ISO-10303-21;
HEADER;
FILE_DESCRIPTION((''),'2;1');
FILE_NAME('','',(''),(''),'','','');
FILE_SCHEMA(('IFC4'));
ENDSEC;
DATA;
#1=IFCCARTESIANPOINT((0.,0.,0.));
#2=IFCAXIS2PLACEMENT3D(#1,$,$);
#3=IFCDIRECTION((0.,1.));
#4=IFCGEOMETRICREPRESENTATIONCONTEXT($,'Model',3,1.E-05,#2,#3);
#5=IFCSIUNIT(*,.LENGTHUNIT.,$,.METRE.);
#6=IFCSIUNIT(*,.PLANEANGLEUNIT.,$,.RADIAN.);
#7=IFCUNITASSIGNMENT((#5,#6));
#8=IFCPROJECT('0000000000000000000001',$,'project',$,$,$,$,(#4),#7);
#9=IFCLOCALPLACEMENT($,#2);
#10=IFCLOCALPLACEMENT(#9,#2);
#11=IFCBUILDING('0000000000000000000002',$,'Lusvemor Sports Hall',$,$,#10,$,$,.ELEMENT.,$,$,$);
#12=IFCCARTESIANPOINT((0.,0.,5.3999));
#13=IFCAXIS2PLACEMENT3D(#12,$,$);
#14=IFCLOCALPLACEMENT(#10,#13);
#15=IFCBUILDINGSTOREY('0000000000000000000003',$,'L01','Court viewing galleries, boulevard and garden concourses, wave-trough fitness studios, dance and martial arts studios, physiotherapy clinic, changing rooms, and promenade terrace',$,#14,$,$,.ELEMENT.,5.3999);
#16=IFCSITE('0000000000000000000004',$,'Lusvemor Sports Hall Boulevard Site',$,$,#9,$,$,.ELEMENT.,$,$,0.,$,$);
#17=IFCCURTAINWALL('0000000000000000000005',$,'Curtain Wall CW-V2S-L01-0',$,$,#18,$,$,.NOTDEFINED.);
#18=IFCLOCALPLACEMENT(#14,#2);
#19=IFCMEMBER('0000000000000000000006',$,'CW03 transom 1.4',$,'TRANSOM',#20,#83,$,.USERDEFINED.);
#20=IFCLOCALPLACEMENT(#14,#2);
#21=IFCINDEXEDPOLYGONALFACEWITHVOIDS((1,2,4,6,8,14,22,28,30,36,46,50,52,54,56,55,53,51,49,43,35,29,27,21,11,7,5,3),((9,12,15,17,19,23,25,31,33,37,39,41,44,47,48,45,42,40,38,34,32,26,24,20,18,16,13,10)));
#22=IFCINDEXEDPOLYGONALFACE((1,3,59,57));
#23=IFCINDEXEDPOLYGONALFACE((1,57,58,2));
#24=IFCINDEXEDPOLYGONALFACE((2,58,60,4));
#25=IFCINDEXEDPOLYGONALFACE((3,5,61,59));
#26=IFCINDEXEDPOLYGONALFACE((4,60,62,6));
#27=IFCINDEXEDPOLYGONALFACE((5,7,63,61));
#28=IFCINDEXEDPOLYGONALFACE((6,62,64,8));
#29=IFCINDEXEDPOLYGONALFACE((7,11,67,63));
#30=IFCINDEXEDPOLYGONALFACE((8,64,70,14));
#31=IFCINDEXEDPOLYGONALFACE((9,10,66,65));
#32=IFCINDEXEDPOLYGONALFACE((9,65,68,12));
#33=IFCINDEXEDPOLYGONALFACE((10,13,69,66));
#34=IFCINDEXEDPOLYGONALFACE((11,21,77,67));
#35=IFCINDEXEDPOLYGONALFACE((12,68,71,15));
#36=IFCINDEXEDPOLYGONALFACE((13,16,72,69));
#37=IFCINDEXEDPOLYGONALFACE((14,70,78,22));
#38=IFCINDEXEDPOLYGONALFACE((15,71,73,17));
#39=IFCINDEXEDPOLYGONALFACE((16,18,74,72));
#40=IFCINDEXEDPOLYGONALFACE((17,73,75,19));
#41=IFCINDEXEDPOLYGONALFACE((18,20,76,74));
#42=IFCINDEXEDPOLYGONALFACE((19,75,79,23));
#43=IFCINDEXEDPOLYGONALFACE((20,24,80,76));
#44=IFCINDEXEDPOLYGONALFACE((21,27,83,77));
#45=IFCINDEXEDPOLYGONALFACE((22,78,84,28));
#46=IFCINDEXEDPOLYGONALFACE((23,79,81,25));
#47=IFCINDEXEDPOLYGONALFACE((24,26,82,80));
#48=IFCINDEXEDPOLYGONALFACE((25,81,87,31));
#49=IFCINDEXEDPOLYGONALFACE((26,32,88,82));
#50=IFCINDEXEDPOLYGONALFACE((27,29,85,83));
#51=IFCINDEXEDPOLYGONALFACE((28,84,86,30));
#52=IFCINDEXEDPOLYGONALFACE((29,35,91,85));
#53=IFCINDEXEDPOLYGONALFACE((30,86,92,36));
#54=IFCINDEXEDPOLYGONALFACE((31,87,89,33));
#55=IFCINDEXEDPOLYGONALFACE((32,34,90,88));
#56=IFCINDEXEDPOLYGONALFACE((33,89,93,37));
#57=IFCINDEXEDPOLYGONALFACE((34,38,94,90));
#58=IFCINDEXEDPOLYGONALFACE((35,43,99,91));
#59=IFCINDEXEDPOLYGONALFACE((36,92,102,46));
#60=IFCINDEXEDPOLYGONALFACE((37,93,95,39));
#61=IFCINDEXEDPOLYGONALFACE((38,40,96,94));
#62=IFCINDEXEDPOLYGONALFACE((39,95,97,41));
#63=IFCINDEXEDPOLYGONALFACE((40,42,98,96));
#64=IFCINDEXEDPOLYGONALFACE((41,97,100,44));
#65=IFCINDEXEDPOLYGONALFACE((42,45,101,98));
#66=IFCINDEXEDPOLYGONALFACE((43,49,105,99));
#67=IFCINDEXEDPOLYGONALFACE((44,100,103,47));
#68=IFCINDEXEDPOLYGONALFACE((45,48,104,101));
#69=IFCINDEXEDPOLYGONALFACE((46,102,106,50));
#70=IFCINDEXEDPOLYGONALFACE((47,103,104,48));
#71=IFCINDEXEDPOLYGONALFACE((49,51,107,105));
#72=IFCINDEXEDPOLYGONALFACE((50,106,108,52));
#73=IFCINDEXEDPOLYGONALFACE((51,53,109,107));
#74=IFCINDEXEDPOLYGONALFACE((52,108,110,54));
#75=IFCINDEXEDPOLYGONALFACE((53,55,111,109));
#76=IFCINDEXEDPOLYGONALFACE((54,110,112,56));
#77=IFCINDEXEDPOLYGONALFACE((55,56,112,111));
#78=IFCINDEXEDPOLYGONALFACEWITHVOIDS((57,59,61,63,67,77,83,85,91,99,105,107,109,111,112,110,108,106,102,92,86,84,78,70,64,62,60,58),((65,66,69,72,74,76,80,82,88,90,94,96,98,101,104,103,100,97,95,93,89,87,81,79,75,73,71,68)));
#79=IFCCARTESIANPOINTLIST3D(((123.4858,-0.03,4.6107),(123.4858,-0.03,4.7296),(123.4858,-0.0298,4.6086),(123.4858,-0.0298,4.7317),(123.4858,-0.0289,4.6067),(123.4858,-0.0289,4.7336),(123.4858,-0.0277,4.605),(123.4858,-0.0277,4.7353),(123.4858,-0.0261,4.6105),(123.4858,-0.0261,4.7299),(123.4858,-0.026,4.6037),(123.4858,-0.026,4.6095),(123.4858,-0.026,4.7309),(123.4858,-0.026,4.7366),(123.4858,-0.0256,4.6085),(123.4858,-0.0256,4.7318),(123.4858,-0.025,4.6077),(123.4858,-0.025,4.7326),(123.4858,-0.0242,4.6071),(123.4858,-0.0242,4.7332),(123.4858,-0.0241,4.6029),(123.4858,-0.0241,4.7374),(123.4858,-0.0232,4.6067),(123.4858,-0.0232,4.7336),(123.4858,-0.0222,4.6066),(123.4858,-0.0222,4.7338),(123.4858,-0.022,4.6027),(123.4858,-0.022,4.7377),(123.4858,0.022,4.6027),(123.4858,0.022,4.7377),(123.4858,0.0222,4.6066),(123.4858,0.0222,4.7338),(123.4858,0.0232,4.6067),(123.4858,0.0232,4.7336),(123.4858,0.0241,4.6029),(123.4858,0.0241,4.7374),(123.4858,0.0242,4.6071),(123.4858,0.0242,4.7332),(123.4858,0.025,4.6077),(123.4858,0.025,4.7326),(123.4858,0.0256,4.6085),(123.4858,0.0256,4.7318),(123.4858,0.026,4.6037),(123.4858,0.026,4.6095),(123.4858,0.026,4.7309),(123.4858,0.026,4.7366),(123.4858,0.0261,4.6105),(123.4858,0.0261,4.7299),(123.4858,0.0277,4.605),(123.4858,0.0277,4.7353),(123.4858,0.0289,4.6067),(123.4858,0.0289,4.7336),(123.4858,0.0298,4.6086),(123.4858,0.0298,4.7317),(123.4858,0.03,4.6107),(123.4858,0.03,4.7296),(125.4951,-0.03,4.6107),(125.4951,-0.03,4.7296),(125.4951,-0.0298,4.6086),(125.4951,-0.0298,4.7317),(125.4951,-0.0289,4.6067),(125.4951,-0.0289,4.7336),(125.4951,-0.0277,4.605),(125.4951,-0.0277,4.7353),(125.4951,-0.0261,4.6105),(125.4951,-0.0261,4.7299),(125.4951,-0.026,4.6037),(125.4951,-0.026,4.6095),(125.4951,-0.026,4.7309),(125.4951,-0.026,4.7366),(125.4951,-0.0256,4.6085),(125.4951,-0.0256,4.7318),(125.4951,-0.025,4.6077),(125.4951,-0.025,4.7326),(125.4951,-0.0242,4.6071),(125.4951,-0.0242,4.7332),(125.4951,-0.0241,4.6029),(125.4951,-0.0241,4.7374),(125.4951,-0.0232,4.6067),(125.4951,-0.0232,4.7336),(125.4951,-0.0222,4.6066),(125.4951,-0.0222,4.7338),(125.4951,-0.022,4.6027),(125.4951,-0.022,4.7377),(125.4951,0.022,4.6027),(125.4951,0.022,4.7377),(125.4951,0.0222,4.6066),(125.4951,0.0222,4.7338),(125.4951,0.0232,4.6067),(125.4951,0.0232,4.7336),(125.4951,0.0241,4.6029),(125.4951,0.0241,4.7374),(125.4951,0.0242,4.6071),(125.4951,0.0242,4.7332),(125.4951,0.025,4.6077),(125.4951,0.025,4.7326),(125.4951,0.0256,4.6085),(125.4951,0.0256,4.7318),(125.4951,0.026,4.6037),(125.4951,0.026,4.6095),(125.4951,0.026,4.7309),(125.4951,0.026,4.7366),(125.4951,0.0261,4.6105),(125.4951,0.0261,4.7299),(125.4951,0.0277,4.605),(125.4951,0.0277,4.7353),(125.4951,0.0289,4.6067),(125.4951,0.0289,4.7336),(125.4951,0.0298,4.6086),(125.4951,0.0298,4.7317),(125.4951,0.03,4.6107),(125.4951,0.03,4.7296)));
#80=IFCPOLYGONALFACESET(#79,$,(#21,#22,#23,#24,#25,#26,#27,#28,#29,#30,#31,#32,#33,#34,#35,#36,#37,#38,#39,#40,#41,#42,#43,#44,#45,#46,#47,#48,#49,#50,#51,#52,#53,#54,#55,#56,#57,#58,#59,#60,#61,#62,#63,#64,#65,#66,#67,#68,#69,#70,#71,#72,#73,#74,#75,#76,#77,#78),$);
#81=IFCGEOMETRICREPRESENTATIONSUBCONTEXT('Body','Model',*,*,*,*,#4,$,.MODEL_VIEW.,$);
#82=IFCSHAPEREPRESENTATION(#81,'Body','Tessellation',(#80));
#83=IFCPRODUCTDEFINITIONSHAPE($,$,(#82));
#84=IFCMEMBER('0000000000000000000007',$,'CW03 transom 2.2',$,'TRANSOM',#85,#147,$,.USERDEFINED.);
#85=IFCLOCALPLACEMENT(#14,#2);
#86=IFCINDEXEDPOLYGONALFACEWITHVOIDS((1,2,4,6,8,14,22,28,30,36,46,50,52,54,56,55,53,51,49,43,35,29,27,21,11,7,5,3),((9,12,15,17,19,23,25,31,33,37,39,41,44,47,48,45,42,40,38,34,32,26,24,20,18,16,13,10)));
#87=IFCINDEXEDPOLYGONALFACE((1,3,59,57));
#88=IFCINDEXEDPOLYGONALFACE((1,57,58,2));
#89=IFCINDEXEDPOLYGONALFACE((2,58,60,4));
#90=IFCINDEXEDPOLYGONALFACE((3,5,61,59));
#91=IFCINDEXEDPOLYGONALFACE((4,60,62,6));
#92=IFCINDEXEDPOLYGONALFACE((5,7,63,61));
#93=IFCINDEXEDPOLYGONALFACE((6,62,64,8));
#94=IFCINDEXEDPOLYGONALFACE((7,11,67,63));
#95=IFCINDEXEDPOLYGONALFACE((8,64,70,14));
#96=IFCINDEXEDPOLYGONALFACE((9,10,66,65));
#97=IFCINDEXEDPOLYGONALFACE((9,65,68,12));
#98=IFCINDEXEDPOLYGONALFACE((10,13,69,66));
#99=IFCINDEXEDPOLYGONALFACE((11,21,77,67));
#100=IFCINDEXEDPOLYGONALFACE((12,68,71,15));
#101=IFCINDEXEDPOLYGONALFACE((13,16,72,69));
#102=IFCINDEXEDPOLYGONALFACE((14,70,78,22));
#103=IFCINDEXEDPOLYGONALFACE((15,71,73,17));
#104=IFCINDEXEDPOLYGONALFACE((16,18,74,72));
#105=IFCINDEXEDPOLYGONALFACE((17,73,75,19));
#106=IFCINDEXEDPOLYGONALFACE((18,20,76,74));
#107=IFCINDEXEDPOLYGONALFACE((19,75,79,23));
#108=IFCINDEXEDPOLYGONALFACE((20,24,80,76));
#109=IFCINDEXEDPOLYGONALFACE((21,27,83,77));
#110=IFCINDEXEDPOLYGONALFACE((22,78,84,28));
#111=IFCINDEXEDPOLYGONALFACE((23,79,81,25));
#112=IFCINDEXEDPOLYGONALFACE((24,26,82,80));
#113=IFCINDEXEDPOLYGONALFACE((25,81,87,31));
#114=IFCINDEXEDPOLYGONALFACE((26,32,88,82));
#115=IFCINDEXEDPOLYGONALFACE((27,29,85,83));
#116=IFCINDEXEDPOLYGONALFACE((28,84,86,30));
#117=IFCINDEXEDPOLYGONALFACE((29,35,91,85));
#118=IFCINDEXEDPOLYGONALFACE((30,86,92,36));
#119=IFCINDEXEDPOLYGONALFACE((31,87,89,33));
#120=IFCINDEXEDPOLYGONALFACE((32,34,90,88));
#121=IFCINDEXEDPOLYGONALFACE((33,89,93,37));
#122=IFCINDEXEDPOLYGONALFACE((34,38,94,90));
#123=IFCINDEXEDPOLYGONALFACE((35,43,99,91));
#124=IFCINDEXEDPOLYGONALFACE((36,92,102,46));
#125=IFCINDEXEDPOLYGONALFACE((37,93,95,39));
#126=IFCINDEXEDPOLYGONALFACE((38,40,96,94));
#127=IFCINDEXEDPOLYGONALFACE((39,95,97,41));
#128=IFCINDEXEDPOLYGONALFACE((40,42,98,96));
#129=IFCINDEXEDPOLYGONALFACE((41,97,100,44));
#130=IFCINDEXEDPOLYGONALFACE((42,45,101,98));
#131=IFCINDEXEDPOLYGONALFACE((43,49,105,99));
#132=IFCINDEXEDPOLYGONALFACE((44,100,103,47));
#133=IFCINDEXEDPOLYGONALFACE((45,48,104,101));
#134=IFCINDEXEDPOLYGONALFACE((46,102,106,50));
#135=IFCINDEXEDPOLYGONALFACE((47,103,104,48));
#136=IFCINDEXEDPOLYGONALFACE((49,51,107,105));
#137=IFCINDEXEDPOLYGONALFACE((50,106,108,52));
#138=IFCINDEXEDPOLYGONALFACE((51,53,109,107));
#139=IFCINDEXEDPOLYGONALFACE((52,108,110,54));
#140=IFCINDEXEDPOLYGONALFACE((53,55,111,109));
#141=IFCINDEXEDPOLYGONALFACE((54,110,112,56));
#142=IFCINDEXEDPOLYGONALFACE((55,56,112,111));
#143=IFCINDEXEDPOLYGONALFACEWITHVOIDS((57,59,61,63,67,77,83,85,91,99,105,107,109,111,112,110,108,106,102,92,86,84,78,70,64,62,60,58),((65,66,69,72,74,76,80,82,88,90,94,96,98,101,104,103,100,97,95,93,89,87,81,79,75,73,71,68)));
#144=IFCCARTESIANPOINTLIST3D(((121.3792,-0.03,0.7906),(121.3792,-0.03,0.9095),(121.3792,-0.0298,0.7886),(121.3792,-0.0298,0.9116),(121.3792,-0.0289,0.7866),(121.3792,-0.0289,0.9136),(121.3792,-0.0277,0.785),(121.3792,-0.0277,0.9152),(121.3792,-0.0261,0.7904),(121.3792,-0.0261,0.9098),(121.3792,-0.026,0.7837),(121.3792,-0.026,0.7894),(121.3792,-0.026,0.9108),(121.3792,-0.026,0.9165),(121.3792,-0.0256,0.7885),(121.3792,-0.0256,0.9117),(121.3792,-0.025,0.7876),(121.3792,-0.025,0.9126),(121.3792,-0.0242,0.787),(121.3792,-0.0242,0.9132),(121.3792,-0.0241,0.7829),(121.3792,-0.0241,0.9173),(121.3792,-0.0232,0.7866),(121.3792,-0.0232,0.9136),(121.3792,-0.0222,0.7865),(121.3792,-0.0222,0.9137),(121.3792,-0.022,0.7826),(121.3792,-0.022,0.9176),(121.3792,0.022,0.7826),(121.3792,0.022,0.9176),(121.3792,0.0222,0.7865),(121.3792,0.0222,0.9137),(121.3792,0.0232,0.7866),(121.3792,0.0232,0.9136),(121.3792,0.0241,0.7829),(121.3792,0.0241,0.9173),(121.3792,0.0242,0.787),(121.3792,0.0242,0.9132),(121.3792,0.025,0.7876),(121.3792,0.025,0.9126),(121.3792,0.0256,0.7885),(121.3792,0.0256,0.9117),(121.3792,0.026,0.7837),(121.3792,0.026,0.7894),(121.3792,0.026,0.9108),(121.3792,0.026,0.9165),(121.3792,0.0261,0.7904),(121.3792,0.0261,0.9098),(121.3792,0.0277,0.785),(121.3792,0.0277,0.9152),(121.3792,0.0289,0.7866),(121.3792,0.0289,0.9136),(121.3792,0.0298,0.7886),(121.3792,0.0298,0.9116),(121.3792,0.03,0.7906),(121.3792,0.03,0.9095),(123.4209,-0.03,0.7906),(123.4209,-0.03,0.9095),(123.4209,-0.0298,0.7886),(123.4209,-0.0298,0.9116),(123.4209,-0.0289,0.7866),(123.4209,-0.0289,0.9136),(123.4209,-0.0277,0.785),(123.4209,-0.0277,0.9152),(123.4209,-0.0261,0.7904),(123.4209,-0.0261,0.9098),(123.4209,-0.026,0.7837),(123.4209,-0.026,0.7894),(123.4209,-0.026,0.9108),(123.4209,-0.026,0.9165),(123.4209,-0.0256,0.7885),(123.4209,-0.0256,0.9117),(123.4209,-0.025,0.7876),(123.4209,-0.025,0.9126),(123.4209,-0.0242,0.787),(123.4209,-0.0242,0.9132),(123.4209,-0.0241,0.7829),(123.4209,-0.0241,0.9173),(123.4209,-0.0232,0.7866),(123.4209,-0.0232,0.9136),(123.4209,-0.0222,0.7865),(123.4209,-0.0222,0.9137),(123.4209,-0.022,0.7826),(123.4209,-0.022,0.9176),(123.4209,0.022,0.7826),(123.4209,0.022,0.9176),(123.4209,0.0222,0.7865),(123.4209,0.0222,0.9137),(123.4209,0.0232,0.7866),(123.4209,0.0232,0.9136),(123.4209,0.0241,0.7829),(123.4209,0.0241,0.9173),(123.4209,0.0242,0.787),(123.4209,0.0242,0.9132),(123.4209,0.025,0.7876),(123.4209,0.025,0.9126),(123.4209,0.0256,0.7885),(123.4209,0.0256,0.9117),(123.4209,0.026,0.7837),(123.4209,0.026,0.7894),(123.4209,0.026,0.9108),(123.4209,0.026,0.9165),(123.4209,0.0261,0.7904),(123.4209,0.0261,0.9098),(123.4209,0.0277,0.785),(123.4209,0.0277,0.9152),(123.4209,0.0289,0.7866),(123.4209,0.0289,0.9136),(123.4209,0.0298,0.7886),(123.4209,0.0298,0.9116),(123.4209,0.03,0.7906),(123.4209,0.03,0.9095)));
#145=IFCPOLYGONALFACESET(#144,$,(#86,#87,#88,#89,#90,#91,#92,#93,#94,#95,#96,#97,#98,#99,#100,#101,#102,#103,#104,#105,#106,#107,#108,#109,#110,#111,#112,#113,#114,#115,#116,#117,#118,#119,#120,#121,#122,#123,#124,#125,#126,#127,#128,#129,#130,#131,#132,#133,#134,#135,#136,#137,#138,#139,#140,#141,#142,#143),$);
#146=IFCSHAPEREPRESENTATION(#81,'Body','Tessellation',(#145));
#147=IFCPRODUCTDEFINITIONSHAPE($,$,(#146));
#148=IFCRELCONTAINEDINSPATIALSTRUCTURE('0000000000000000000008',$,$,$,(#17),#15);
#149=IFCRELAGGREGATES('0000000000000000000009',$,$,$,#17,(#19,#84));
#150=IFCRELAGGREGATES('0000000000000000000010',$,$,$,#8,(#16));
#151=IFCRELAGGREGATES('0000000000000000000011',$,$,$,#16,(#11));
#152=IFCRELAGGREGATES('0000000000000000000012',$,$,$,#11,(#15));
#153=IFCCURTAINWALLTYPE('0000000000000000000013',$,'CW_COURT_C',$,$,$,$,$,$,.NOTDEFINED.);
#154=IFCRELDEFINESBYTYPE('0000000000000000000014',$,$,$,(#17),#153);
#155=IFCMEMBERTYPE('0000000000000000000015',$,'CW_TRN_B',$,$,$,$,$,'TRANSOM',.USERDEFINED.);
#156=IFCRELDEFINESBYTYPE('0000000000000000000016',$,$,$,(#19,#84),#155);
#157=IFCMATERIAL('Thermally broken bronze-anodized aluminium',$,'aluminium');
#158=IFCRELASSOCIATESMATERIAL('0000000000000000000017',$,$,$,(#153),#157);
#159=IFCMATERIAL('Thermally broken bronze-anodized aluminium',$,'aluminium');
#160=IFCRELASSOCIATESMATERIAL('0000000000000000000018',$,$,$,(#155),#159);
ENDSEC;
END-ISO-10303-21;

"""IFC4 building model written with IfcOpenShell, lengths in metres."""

from ifc_helpers import new_model, si_unit, direction, frame, origin, origin_2d, place, context, subcontext, project, spatial, hollow_rectangle, extrude, material, material_profile, profile_set, type_object, element, aggregate, save


model = new_model("IFC4")

# Units and contexts
model_context = context("Model", 3, precision=1e-05, world=origin(), true_north=direction((0.0, 1.0)))
body_context = subcontext(model_context, "Body", "Model", "MODEL_VIEW")
ifc_project = project(units=[si_unit("LENGTHUNIT", "METRE"), si_unit("PLANEANGLEUNIT", "RADIAN")], contexts=[model_context])

# Site, building, storey
site_placement = place(None, origin())
site = spatial("IfcSite", under=ifc_project, at=site_placement, Name="Lusvemor Sports Hall Boulevard Site", CompositionType="ELEMENT", RefElevation=0.0)
building_placement = place(site_placement, origin())
building = spatial("IfcBuilding", under=site, at=building_placement, Name="Lusvemor Sports Hall", CompositionType="ELEMENT")
storey_placement = place(building_placement, frame((0.0, 0.0, 5.3999)))
storey = spatial("IfcBuildingStorey", under=building, at=storey_placement, Name="L01", Description="Court viewing galleries, boulevard and garden concourses, wave-trough fitness studios, dance and martial arts studios, physiotherapy clinic, changing rooms, and promenade terrace", CompositionType="ELEMENT", Elevation=5.3999)

# Curtain wall
ifc_material_1 = material(Name="Thermally broken bronze-anodized aluminium", Category="aluminium")
curtain_wall_type = type_object("IfcCurtainWallType", Name="CW_COURT_C", PredefinedType="NOTDEFINED", material=ifc_material_1)
curtain_wall_1_placement = place(storey_placement, origin())
curtain_wall_1 = element("IfcCurtainWall", 1, at=curtain_wall_1_placement, inside=storey, type_object=curtain_wall_type, Name="Curtain Wall CW-V2S-L01-0", PredefinedType="NOTDEFINED")

# Members
ifc_material_2 = material(Name="Thermally broken bronze-anodized aluminium", Category="aluminium")
ifc_material_profile_1 = material_profile(ifc_material_2, hollow_rectangle(XDim=0.0601, YDim=0.135, WallThickness=0.0039, InnerFilletRadius=0.0039, OuterFilletRadius=0.0081, at=origin_2d()), Name="CWTRN135x60x4")
ifc_profile_set_1 = profile_set([ifc_material_profile_1], Name="Thermally broken bronze-anodized aluminium")
member_type_1 = type_object("IfcMemberType", Name="CW_TRN_B", ElementType="TRANSOM", PredefinedType="USERDEFINED", material=ifc_profile_set_1)
member_1_placement = place(storey_placement, frame((125.4951, 0.0, 4.6702), z_axis=(-1.0, 0.0, 0.0), x_axis=(0.0, -1.0, 0.0)))
member_1 = element("IfcMember", 2, at=member_1_placement, type_object=member_type_1, Name="CW03 transom 1.4", ObjectType="TRANSOM", PredefinedType="USERDEFINED", context=body_context, shape_type="SweptSolid", body=[
    extrude(hollow_rectangle(XDim=0.0601, YDim=0.135, WallThickness=0.0039, InnerFilletRadius=0.0039, OuterFilletRadius=0.0081, at=origin_2d()), origin(), (0.0, 0.0, 1.0), 2.0093),
])
member_2_placement = place(storey_placement, frame((123.4209, 0.0, 0.8501), z_axis=(-1.0, 0.0, 0.0), x_axis=(0.0, -1.0, 0.0)))
member_2 = element("IfcMember", 3, at=member_2_placement, type_object=member_type_1, Name="CW03 transom 2.2", ObjectType="TRANSOM", PredefinedType="USERDEFINED", context=body_context, shape_type="SweptSolid", body=[
    extrude(hollow_rectangle(XDim=0.0601, YDim=0.135, WallThickness=0.0039, InnerFilletRadius=0.0039, OuterFilletRadius=0.0081, at=origin_2d()), origin(), (0.0, 0.0, 1.0), 2.0417),
])

aggregate(curtain_wall_1, [member_1, member_2])

save(model, "model.ifc")
